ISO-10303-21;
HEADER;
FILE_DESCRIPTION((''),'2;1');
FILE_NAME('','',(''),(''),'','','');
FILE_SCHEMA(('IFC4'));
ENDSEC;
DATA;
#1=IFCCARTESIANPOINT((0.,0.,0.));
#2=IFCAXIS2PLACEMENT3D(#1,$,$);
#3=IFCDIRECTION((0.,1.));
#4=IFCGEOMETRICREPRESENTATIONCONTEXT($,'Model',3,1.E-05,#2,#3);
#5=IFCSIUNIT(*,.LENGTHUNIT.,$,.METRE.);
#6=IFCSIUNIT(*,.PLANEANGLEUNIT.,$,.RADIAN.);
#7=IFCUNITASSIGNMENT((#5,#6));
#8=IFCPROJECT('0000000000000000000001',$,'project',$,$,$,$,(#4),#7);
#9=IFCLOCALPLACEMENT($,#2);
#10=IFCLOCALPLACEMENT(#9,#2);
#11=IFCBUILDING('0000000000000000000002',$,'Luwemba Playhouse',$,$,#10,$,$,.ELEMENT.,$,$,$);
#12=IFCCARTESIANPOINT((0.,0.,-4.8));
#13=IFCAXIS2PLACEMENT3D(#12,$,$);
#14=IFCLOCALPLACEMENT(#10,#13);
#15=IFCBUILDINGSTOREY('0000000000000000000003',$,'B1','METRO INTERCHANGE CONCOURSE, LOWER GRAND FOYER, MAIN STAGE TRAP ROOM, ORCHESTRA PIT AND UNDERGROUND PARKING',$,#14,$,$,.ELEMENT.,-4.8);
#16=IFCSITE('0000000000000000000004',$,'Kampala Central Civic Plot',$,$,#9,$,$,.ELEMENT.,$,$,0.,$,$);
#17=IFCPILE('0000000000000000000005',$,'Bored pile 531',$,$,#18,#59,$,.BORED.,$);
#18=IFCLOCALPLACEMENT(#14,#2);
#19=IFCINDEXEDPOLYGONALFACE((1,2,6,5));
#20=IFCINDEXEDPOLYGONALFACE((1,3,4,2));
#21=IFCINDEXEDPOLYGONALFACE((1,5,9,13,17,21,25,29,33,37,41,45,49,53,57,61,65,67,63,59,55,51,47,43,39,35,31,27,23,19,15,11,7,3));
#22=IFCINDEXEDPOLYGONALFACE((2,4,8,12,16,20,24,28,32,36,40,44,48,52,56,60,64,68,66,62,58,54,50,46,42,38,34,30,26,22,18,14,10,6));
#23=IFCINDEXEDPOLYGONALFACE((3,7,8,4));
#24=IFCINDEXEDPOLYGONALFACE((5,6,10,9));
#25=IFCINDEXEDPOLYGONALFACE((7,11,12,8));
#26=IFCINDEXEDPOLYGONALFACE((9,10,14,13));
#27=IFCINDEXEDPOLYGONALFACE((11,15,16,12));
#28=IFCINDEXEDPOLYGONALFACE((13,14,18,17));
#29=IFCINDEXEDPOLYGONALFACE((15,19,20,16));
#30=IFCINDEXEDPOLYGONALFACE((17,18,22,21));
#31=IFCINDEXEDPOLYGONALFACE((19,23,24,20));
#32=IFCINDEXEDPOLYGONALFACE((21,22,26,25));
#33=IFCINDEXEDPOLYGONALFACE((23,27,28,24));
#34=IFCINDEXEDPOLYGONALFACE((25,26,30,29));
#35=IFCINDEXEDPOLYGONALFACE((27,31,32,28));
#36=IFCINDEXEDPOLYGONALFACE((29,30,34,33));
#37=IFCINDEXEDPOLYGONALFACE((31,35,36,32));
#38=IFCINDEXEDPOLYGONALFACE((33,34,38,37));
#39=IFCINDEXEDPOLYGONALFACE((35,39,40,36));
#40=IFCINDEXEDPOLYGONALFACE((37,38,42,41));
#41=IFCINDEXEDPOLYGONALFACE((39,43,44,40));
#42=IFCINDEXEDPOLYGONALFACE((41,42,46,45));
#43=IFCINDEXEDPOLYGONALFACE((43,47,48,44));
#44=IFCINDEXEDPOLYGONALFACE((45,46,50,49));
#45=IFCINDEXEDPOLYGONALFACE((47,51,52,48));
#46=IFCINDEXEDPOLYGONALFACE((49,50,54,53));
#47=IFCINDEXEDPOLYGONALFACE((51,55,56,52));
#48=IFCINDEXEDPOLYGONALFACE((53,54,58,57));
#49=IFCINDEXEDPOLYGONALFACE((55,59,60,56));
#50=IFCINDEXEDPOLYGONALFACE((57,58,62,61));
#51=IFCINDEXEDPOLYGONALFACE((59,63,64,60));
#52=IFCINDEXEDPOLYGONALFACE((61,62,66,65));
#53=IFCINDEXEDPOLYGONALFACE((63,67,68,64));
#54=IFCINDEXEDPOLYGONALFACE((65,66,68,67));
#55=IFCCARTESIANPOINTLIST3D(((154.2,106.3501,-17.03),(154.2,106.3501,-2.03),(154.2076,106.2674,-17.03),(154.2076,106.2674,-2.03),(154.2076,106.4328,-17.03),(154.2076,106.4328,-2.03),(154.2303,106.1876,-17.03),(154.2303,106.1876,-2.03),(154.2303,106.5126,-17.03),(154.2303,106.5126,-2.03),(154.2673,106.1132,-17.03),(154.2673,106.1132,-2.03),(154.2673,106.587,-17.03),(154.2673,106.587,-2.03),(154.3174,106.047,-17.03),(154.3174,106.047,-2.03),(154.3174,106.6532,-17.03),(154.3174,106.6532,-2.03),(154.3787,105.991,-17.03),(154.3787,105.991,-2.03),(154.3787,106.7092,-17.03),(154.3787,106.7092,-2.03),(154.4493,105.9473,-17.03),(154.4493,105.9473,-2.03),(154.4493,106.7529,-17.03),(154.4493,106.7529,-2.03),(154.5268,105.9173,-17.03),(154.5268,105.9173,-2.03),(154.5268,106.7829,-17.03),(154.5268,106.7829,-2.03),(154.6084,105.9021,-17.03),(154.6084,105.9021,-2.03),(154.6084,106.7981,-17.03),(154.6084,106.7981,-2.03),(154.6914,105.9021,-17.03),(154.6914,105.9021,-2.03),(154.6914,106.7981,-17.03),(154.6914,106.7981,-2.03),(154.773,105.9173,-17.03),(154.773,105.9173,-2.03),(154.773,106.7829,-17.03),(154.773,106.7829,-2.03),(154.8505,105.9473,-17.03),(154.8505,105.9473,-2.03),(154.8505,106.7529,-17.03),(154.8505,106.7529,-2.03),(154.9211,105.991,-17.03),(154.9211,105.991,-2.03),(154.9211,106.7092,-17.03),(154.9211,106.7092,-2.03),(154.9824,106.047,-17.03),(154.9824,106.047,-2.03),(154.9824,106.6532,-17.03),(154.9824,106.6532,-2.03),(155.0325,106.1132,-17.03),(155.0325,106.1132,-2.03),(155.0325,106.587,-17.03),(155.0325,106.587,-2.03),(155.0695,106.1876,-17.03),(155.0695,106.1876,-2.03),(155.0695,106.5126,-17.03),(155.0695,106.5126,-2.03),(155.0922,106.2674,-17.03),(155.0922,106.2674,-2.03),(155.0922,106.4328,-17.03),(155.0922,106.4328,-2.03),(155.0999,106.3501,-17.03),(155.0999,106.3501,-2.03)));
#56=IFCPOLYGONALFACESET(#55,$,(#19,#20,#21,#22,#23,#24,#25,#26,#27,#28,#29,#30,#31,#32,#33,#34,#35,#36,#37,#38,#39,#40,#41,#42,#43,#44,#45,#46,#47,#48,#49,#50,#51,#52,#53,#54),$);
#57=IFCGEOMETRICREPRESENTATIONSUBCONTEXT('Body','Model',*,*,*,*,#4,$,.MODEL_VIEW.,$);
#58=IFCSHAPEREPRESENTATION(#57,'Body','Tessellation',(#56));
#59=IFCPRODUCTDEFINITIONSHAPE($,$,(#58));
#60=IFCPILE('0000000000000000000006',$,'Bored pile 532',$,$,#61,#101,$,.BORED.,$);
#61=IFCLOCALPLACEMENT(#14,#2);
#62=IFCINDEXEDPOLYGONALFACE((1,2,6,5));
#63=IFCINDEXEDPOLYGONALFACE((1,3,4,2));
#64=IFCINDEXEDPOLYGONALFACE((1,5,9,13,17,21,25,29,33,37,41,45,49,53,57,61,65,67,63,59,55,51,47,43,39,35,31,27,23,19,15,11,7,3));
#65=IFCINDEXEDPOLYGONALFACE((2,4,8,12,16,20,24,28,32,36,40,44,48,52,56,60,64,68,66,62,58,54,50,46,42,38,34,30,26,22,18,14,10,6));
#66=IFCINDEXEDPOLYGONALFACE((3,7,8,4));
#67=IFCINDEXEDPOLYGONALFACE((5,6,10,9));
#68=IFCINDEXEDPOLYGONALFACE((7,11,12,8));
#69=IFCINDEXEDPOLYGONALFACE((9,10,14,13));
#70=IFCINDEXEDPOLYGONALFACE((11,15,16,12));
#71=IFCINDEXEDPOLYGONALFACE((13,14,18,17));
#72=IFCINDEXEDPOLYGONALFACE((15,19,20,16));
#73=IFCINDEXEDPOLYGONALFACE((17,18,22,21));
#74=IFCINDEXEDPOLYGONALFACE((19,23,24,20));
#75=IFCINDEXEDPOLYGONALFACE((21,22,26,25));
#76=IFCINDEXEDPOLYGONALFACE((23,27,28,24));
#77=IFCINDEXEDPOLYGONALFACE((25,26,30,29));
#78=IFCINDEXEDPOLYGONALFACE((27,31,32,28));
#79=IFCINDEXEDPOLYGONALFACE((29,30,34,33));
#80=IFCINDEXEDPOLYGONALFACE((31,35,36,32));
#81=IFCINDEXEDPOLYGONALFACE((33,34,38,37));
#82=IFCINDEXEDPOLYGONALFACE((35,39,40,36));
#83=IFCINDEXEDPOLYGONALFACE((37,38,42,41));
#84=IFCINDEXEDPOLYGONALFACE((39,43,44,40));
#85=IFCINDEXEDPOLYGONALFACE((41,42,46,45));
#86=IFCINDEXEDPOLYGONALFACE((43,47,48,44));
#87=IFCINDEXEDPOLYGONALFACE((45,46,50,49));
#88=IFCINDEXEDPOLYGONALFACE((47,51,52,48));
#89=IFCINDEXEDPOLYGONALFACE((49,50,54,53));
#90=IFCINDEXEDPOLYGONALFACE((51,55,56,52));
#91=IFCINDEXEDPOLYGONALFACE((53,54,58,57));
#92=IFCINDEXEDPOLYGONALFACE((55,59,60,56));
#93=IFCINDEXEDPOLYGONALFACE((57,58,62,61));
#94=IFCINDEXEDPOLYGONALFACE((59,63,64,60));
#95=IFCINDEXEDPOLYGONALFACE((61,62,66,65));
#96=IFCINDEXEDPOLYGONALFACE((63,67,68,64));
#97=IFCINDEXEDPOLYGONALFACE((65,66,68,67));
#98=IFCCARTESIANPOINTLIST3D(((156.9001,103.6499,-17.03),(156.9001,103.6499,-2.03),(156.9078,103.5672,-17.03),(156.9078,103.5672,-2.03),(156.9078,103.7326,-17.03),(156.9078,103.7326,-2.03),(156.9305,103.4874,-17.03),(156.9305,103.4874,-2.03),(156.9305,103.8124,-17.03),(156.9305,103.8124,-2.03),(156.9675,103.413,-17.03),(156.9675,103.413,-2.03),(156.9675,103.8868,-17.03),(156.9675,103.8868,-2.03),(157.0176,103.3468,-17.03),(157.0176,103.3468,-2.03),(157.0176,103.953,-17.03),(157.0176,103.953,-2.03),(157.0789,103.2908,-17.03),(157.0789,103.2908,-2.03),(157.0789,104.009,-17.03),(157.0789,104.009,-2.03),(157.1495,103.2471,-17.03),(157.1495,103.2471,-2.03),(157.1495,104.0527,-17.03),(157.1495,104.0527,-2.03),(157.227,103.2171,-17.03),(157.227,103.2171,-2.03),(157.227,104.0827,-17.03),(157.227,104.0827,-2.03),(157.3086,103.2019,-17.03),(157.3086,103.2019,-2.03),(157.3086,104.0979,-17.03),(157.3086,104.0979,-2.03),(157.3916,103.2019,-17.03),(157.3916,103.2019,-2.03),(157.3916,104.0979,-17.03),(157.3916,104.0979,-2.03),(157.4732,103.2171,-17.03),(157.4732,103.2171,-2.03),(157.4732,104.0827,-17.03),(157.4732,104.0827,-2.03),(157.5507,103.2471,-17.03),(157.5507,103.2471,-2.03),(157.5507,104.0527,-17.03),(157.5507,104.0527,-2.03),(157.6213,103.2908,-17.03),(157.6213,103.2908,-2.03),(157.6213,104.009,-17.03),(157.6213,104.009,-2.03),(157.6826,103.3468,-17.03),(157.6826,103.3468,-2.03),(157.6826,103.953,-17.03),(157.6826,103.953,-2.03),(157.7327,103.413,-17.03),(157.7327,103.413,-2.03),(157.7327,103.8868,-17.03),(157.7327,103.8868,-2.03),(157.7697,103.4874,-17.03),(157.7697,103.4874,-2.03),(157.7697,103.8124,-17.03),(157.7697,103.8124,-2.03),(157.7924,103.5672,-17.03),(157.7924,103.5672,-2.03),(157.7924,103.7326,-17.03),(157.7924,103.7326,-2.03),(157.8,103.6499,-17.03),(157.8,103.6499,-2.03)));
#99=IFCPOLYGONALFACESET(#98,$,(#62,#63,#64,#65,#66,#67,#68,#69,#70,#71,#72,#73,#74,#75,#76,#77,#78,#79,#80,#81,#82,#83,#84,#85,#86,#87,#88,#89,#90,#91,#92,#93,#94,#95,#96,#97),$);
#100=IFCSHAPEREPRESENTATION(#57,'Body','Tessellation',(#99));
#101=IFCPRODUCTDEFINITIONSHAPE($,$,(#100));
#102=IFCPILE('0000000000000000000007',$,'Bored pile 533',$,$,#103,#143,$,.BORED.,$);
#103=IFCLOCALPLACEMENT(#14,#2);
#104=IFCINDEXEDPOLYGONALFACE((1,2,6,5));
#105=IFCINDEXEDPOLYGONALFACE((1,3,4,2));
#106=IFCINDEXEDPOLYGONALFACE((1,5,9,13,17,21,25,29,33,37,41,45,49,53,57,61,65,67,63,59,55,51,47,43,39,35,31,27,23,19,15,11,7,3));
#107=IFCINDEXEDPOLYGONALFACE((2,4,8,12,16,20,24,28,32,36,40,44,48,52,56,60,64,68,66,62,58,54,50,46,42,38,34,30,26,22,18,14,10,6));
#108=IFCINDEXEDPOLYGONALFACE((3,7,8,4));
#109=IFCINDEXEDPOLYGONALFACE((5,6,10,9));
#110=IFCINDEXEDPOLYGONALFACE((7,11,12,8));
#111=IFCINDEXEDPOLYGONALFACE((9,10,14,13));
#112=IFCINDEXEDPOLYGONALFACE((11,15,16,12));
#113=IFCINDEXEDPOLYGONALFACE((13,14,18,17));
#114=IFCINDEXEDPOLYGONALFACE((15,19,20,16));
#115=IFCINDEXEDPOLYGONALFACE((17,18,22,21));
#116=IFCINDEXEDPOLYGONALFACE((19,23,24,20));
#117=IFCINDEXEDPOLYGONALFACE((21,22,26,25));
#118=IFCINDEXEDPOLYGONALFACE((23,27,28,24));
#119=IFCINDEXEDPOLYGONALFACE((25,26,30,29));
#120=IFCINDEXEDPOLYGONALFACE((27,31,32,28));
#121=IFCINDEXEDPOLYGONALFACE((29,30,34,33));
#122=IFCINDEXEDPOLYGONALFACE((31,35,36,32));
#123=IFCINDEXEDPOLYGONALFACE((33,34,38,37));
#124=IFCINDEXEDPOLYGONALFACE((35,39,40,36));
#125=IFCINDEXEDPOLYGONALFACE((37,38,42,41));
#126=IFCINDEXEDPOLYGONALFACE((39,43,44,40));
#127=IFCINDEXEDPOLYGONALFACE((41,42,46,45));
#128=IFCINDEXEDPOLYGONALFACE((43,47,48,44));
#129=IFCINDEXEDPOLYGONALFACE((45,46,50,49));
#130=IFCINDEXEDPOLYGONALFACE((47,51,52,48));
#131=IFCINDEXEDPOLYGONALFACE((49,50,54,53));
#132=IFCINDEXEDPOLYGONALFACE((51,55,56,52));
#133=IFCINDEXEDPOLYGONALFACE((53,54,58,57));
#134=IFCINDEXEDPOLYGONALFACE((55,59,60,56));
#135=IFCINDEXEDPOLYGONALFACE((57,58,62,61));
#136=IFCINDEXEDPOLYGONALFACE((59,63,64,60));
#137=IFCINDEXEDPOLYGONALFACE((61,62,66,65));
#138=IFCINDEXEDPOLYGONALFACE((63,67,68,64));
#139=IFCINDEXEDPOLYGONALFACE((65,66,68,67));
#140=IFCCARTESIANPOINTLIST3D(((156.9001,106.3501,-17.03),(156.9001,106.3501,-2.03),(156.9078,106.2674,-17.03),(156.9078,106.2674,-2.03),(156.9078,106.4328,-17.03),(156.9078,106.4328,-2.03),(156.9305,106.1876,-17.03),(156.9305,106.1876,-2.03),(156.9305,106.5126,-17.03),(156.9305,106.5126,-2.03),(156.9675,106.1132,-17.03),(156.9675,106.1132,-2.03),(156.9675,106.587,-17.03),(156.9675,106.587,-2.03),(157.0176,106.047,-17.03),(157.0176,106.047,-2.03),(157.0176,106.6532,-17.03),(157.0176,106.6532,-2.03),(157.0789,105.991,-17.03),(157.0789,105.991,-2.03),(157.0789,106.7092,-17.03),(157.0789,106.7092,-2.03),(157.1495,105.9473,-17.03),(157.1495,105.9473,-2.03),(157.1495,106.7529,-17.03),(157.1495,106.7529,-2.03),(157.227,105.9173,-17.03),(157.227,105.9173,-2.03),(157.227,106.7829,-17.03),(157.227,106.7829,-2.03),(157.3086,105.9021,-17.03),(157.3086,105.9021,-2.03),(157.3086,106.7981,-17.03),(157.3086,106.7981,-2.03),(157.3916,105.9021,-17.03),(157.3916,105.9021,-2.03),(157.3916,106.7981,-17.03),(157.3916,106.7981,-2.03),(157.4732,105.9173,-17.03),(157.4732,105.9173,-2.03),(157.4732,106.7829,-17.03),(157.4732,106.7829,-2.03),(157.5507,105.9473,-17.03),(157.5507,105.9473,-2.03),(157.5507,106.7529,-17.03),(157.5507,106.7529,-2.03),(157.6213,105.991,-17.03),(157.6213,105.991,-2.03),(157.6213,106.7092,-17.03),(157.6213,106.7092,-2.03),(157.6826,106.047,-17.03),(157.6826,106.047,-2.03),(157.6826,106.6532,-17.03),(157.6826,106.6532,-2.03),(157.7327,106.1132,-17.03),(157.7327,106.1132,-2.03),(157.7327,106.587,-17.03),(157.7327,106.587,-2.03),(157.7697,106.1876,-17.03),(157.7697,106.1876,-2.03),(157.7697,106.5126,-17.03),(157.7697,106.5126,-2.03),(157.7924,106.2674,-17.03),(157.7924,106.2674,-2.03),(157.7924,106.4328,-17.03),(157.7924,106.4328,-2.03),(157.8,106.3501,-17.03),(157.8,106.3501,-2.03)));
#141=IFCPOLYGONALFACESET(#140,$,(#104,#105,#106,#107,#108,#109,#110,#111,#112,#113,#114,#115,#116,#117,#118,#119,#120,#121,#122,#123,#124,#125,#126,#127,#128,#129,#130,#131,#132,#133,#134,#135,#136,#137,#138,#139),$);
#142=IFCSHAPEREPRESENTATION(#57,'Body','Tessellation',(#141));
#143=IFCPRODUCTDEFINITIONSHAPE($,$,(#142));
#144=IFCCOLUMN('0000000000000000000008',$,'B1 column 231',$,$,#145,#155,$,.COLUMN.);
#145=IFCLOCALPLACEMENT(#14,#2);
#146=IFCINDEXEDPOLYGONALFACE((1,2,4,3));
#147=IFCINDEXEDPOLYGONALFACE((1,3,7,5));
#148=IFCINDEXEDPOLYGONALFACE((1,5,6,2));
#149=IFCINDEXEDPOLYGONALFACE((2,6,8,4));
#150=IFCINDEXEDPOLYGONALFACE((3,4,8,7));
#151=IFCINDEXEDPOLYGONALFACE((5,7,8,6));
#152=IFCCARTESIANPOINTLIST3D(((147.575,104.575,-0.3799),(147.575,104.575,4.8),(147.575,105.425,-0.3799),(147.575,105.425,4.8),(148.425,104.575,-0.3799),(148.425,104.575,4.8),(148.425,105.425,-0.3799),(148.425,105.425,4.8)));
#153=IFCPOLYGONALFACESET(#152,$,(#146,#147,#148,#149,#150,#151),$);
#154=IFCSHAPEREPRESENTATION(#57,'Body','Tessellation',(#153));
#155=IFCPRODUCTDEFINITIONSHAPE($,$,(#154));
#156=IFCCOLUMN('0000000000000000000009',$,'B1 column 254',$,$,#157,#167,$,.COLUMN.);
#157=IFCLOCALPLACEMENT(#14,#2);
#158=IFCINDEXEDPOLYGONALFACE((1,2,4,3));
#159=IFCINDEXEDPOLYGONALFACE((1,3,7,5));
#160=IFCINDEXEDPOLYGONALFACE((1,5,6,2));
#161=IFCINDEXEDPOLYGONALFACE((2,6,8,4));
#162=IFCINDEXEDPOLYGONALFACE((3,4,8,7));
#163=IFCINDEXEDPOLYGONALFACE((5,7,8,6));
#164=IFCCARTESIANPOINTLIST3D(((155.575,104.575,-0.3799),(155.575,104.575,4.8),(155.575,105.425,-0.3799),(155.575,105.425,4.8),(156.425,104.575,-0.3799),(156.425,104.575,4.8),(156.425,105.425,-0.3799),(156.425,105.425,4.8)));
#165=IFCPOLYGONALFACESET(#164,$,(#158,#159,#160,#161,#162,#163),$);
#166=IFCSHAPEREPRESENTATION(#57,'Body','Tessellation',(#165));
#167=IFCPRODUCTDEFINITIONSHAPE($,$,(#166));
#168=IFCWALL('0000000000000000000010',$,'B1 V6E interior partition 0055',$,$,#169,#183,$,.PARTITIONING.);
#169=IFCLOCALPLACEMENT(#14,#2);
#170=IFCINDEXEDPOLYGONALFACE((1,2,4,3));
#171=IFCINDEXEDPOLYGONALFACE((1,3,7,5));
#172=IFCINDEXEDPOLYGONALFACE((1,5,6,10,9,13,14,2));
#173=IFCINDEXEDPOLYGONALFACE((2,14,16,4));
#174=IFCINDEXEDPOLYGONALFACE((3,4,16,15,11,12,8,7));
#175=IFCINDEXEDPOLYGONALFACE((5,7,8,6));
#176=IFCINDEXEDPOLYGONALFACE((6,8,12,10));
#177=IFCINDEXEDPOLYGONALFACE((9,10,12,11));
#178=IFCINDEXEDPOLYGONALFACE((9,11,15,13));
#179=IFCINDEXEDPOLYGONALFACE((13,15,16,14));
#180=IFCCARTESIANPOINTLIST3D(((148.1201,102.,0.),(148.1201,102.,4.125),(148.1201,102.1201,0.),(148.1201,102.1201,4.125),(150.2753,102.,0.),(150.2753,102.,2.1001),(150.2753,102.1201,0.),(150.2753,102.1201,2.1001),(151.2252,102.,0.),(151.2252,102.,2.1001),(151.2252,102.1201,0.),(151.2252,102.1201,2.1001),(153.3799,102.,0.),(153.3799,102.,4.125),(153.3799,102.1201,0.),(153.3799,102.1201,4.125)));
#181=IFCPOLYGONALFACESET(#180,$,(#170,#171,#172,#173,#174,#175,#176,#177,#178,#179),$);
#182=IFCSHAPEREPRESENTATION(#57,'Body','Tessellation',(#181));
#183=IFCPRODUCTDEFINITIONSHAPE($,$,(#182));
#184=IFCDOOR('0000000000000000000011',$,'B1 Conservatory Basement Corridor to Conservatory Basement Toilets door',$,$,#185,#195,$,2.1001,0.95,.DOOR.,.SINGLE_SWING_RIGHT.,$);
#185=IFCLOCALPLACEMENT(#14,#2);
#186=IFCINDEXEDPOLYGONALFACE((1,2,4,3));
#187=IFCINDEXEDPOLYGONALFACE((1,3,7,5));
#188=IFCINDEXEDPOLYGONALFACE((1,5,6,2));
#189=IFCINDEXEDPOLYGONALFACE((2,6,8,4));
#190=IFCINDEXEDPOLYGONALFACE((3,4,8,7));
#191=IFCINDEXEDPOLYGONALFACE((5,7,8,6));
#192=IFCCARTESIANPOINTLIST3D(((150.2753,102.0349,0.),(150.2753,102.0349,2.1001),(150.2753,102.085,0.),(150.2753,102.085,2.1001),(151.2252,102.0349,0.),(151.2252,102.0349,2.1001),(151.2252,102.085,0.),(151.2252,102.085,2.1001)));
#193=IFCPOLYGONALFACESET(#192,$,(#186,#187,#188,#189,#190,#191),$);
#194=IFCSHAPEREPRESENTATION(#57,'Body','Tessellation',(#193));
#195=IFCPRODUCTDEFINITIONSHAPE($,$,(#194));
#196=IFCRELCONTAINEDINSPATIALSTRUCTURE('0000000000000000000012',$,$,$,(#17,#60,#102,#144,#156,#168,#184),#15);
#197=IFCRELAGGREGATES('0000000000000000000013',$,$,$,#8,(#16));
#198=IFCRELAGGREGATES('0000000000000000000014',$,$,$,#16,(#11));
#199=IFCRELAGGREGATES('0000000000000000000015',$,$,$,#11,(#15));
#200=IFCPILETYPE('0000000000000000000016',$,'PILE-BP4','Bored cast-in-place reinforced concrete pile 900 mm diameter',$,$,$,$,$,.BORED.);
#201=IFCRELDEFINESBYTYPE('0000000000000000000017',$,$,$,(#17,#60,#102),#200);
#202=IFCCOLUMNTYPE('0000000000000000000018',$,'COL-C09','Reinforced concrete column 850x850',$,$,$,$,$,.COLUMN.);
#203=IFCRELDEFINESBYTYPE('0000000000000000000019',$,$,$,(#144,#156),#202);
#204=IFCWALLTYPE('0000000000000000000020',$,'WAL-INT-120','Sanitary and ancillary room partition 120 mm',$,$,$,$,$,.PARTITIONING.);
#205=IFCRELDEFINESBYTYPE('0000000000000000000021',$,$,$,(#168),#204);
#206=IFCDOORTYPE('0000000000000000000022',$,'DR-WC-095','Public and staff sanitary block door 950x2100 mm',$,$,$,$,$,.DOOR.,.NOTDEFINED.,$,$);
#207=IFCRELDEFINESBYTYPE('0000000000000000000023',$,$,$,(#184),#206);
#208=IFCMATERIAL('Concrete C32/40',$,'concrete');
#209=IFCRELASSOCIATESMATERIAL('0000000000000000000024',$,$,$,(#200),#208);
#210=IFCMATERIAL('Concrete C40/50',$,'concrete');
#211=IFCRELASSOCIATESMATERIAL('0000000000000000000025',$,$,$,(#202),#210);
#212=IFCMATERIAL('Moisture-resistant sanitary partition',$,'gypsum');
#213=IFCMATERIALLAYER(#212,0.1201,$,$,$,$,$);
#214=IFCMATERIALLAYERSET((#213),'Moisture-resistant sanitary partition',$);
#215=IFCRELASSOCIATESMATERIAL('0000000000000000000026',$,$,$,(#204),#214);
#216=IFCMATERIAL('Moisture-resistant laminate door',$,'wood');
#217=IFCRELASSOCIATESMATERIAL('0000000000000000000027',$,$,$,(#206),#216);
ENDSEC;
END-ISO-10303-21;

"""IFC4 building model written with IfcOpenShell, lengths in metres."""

from ifc_helpers import new_model, si_unit, direction, frame, frame_2d, origin, origin_2d, place, context, subcontext, project, spatial, rectangle, circle, extrude, material, layer, layer_set, material_profile, profile_set, type_object, element, fill, save


model = new_model("IFC4")

# Units and contexts
model_context = context("Model", 3, precision=1e-05, world=origin(), true_north=direction((0.0, 1.0)))
body_context = subcontext(model_context, "Body", "Model", "MODEL_VIEW")
ifc_project = project(units=[si_unit("LENGTHUNIT", "METRE"), si_unit("PLANEANGLEUNIT", "RADIAN")], contexts=[model_context])

# Site, building, storey
site_placement = place(None, origin())
site = spatial("IfcSite", under=ifc_project, at=site_placement, Name="Kampala Central Civic Plot", CompositionType="ELEMENT", RefElevation=0.0)
building_placement = place(site_placement, origin())
building = spatial("IfcBuilding", under=site, at=building_placement, Name="Luwemba Playhouse", CompositionType="ELEMENT")
storey_placement = place(building_placement, frame((0.0, 0.0, -4.8)))
storey = spatial("IfcBuildingStorey", under=building, at=storey_placement, Name="B1", Description="METRO INTERCHANGE CONCOURSE, LOWER GRAND FOYER, MAIN STAGE TRAP ROOM, ORCHESTRA PIT AND UNDERGROUND PARKING", CompositionType="ELEMENT", Elevation=-4.8)

# Shared definitions
ifc_material_1 = material(Name="Concrete C32/40", Category="concrete")

# Piles
ifc_material_profile_1 = material_profile(ifc_material_1, circle(Radius=0.45, at=origin_2d()))
ifc_profile_set_1 = profile_set([ifc_material_profile_1], Name="Concrete C32/40")
pile_type = type_object("IfcPileType", Name="PILE-BP4", Description="Bored cast-in-place reinforced concrete pile 900 mm diameter", PredefinedType="BORED", material=ifc_profile_set_1)
for number, where, z_axis, x_axis, name in (
    (1, (154.6499, 106.3501, -2.03), (0.0, 0.0, -1.0), (1.0, 0.0, 0.0), "Bored pile 531"),
    (2, (157.3501, 103.6499, -2.03), (0.0, 0.0, -1.0), (1.0, 0.0, 0.0), "Bored pile 532"),
    (3, (157.3501, 106.3501, -2.03), (0.0, 0.0, -1.0), (1.0, 0.0, 0.0), "Bored pile 533"),
):
    element("IfcPile", number, at=place(storey_placement, frame(where, z_axis=z_axis, x_axis=x_axis)), inside=storey, type_object=pile_type, Name=name, PredefinedType="BORED", context=body_context, shape_type="SweptSolid", body=[
        extrude(circle(Radius=0.45, at=origin_2d()), origin(), (0.0, 0.0, 1.0), 15.0),
    ])

# Columns
ifc_material_2 = material(Name="Concrete C40/50", Category="concrete")
ifc_material_profile_2 = material_profile(ifc_material_2, rectangle(XDim=0.8501, YDim=0.8501, at=origin_2d()))
ifc_profile_set_2 = profile_set([ifc_material_profile_2], Name="Concrete C40/50")
column_type = type_object("IfcColumnType", Name="COL-C09", Description="Reinforced concrete column 850x850", PredefinedType="COLUMN", material=ifc_profile_set_2)
for number, where, z_axis, x_axis, name in (
    (4, (148.0, 105.0, -0.3799), (0.0, 0.0, 1.0), (1.0, 0.0, 0.0), "B1 column 231"),
    (5, (156.0, 105.0, -0.3799), (0.0, 0.0, 1.0), (1.0, 0.0, 0.0), "B1 column 254"),
):
    element("IfcColumn", number, at=place(storey_placement, frame(where, z_axis=z_axis, x_axis=x_axis)), inside=storey, type_object=column_type, Name=name, PredefinedType="COLUMN", context=body_context, shape_type="SweptSolid", body=[
        extrude(rectangle(XDim=0.8501, YDim=0.8501, at=origin_2d()), origin(), (0.0, 0.0, 1.0), 5.1799),
    ])

# Wall, opening, door
ifc_material_3 = material(Name="Moisture-resistant sanitary partition", Category="gypsum")
ifc_layer_1 = layer(ifc_material_3, 0.1201)
ifc_layer_set_1 = layer_set([ifc_layer_1], Name="Moisture-resistant sanitary partition")
wall_type_1 = type_object("IfcWallType", Name="WAL-INT-120", Description="Sanitary and ancillary room partition 120 mm", PredefinedType="PARTITIONING", material=ifc_layer_set_1)
wall_1_placement = place(storey_placement, frame((148.1201, 102.0601, 0.0), z_axis=(0.0, 0.0, 1.0), x_axis=(1.0, 0.0, 0.0)))
wall_1 = element("IfcWall", 6, at=wall_1_placement, inside=storey, type_object=wall_type_1, Name="B1 V6E interior partition 0055", PredefinedType="PARTITIONING", context=body_context, shape_type="SweptSolid", body=[
    extrude(rectangle(XDim=5.2598, YDim=0.1201, at=frame_2d((2.6299, 0.0))), origin(), (0.0, 0.0, 1.0), 4.125),
])
opening_1_placement = place(wall_1_placement, frame((2.155, 0.0, 0.0)))
opening_1 = element("IfcOpeningElement", 7, at=opening_1_placement, cuts=wall_1, PredefinedType="OPENING", context=body_context, shape_type="SweptSolid", body=[
    extrude(rectangle(XDim=0.95, YDim=2.1001, at=frame_2d((0.4751, 1.05))), frame((0.0, 0.0701, 0.0), z_axis=(0.0, -1.0, 0.0), x_axis=(1.0, 0.0, 0.0)), (0.0, 0.0, 1.0), 0.1401),
])
ifc_material_4 = material(Name="Moisture-resistant laminate door", Category="wood")
door_type_1 = type_object("IfcDoorType", Name="DR-WC-095", Description="Public and staff sanitary block door 950x2100 mm", OperationType="NOTDEFINED", PredefinedType="DOOR", material=ifc_material_4)
door_1_placement = place(opening_1_placement, origin())
door_1 = element("IfcDoor", 8, at=door_1_placement, inside=storey, type_object=door_type_1, Name="B1 Conservatory Basement Corridor to Conservatory Basement Toilets door", OperationType="SINGLE_SWING_RIGHT", OverallHeight=2.1001, OverallWidth=0.95, PredefinedType="DOOR", context=body_context, shape_type="SweptSolid", body=[
    extrude(rectangle(XDim=0.95, YDim=2.1001, at=frame_2d((0.4751, 1.05))), frame((0.0, 0.0249, 0.0), z_axis=(0.0, -1.0, 0.0), x_axis=(1.0, 0.0, 0.0)), (0.0, 0.0, 1.0), 0.05),
])
fill(opening_1, door_1)

save(model, "model.ifc")
